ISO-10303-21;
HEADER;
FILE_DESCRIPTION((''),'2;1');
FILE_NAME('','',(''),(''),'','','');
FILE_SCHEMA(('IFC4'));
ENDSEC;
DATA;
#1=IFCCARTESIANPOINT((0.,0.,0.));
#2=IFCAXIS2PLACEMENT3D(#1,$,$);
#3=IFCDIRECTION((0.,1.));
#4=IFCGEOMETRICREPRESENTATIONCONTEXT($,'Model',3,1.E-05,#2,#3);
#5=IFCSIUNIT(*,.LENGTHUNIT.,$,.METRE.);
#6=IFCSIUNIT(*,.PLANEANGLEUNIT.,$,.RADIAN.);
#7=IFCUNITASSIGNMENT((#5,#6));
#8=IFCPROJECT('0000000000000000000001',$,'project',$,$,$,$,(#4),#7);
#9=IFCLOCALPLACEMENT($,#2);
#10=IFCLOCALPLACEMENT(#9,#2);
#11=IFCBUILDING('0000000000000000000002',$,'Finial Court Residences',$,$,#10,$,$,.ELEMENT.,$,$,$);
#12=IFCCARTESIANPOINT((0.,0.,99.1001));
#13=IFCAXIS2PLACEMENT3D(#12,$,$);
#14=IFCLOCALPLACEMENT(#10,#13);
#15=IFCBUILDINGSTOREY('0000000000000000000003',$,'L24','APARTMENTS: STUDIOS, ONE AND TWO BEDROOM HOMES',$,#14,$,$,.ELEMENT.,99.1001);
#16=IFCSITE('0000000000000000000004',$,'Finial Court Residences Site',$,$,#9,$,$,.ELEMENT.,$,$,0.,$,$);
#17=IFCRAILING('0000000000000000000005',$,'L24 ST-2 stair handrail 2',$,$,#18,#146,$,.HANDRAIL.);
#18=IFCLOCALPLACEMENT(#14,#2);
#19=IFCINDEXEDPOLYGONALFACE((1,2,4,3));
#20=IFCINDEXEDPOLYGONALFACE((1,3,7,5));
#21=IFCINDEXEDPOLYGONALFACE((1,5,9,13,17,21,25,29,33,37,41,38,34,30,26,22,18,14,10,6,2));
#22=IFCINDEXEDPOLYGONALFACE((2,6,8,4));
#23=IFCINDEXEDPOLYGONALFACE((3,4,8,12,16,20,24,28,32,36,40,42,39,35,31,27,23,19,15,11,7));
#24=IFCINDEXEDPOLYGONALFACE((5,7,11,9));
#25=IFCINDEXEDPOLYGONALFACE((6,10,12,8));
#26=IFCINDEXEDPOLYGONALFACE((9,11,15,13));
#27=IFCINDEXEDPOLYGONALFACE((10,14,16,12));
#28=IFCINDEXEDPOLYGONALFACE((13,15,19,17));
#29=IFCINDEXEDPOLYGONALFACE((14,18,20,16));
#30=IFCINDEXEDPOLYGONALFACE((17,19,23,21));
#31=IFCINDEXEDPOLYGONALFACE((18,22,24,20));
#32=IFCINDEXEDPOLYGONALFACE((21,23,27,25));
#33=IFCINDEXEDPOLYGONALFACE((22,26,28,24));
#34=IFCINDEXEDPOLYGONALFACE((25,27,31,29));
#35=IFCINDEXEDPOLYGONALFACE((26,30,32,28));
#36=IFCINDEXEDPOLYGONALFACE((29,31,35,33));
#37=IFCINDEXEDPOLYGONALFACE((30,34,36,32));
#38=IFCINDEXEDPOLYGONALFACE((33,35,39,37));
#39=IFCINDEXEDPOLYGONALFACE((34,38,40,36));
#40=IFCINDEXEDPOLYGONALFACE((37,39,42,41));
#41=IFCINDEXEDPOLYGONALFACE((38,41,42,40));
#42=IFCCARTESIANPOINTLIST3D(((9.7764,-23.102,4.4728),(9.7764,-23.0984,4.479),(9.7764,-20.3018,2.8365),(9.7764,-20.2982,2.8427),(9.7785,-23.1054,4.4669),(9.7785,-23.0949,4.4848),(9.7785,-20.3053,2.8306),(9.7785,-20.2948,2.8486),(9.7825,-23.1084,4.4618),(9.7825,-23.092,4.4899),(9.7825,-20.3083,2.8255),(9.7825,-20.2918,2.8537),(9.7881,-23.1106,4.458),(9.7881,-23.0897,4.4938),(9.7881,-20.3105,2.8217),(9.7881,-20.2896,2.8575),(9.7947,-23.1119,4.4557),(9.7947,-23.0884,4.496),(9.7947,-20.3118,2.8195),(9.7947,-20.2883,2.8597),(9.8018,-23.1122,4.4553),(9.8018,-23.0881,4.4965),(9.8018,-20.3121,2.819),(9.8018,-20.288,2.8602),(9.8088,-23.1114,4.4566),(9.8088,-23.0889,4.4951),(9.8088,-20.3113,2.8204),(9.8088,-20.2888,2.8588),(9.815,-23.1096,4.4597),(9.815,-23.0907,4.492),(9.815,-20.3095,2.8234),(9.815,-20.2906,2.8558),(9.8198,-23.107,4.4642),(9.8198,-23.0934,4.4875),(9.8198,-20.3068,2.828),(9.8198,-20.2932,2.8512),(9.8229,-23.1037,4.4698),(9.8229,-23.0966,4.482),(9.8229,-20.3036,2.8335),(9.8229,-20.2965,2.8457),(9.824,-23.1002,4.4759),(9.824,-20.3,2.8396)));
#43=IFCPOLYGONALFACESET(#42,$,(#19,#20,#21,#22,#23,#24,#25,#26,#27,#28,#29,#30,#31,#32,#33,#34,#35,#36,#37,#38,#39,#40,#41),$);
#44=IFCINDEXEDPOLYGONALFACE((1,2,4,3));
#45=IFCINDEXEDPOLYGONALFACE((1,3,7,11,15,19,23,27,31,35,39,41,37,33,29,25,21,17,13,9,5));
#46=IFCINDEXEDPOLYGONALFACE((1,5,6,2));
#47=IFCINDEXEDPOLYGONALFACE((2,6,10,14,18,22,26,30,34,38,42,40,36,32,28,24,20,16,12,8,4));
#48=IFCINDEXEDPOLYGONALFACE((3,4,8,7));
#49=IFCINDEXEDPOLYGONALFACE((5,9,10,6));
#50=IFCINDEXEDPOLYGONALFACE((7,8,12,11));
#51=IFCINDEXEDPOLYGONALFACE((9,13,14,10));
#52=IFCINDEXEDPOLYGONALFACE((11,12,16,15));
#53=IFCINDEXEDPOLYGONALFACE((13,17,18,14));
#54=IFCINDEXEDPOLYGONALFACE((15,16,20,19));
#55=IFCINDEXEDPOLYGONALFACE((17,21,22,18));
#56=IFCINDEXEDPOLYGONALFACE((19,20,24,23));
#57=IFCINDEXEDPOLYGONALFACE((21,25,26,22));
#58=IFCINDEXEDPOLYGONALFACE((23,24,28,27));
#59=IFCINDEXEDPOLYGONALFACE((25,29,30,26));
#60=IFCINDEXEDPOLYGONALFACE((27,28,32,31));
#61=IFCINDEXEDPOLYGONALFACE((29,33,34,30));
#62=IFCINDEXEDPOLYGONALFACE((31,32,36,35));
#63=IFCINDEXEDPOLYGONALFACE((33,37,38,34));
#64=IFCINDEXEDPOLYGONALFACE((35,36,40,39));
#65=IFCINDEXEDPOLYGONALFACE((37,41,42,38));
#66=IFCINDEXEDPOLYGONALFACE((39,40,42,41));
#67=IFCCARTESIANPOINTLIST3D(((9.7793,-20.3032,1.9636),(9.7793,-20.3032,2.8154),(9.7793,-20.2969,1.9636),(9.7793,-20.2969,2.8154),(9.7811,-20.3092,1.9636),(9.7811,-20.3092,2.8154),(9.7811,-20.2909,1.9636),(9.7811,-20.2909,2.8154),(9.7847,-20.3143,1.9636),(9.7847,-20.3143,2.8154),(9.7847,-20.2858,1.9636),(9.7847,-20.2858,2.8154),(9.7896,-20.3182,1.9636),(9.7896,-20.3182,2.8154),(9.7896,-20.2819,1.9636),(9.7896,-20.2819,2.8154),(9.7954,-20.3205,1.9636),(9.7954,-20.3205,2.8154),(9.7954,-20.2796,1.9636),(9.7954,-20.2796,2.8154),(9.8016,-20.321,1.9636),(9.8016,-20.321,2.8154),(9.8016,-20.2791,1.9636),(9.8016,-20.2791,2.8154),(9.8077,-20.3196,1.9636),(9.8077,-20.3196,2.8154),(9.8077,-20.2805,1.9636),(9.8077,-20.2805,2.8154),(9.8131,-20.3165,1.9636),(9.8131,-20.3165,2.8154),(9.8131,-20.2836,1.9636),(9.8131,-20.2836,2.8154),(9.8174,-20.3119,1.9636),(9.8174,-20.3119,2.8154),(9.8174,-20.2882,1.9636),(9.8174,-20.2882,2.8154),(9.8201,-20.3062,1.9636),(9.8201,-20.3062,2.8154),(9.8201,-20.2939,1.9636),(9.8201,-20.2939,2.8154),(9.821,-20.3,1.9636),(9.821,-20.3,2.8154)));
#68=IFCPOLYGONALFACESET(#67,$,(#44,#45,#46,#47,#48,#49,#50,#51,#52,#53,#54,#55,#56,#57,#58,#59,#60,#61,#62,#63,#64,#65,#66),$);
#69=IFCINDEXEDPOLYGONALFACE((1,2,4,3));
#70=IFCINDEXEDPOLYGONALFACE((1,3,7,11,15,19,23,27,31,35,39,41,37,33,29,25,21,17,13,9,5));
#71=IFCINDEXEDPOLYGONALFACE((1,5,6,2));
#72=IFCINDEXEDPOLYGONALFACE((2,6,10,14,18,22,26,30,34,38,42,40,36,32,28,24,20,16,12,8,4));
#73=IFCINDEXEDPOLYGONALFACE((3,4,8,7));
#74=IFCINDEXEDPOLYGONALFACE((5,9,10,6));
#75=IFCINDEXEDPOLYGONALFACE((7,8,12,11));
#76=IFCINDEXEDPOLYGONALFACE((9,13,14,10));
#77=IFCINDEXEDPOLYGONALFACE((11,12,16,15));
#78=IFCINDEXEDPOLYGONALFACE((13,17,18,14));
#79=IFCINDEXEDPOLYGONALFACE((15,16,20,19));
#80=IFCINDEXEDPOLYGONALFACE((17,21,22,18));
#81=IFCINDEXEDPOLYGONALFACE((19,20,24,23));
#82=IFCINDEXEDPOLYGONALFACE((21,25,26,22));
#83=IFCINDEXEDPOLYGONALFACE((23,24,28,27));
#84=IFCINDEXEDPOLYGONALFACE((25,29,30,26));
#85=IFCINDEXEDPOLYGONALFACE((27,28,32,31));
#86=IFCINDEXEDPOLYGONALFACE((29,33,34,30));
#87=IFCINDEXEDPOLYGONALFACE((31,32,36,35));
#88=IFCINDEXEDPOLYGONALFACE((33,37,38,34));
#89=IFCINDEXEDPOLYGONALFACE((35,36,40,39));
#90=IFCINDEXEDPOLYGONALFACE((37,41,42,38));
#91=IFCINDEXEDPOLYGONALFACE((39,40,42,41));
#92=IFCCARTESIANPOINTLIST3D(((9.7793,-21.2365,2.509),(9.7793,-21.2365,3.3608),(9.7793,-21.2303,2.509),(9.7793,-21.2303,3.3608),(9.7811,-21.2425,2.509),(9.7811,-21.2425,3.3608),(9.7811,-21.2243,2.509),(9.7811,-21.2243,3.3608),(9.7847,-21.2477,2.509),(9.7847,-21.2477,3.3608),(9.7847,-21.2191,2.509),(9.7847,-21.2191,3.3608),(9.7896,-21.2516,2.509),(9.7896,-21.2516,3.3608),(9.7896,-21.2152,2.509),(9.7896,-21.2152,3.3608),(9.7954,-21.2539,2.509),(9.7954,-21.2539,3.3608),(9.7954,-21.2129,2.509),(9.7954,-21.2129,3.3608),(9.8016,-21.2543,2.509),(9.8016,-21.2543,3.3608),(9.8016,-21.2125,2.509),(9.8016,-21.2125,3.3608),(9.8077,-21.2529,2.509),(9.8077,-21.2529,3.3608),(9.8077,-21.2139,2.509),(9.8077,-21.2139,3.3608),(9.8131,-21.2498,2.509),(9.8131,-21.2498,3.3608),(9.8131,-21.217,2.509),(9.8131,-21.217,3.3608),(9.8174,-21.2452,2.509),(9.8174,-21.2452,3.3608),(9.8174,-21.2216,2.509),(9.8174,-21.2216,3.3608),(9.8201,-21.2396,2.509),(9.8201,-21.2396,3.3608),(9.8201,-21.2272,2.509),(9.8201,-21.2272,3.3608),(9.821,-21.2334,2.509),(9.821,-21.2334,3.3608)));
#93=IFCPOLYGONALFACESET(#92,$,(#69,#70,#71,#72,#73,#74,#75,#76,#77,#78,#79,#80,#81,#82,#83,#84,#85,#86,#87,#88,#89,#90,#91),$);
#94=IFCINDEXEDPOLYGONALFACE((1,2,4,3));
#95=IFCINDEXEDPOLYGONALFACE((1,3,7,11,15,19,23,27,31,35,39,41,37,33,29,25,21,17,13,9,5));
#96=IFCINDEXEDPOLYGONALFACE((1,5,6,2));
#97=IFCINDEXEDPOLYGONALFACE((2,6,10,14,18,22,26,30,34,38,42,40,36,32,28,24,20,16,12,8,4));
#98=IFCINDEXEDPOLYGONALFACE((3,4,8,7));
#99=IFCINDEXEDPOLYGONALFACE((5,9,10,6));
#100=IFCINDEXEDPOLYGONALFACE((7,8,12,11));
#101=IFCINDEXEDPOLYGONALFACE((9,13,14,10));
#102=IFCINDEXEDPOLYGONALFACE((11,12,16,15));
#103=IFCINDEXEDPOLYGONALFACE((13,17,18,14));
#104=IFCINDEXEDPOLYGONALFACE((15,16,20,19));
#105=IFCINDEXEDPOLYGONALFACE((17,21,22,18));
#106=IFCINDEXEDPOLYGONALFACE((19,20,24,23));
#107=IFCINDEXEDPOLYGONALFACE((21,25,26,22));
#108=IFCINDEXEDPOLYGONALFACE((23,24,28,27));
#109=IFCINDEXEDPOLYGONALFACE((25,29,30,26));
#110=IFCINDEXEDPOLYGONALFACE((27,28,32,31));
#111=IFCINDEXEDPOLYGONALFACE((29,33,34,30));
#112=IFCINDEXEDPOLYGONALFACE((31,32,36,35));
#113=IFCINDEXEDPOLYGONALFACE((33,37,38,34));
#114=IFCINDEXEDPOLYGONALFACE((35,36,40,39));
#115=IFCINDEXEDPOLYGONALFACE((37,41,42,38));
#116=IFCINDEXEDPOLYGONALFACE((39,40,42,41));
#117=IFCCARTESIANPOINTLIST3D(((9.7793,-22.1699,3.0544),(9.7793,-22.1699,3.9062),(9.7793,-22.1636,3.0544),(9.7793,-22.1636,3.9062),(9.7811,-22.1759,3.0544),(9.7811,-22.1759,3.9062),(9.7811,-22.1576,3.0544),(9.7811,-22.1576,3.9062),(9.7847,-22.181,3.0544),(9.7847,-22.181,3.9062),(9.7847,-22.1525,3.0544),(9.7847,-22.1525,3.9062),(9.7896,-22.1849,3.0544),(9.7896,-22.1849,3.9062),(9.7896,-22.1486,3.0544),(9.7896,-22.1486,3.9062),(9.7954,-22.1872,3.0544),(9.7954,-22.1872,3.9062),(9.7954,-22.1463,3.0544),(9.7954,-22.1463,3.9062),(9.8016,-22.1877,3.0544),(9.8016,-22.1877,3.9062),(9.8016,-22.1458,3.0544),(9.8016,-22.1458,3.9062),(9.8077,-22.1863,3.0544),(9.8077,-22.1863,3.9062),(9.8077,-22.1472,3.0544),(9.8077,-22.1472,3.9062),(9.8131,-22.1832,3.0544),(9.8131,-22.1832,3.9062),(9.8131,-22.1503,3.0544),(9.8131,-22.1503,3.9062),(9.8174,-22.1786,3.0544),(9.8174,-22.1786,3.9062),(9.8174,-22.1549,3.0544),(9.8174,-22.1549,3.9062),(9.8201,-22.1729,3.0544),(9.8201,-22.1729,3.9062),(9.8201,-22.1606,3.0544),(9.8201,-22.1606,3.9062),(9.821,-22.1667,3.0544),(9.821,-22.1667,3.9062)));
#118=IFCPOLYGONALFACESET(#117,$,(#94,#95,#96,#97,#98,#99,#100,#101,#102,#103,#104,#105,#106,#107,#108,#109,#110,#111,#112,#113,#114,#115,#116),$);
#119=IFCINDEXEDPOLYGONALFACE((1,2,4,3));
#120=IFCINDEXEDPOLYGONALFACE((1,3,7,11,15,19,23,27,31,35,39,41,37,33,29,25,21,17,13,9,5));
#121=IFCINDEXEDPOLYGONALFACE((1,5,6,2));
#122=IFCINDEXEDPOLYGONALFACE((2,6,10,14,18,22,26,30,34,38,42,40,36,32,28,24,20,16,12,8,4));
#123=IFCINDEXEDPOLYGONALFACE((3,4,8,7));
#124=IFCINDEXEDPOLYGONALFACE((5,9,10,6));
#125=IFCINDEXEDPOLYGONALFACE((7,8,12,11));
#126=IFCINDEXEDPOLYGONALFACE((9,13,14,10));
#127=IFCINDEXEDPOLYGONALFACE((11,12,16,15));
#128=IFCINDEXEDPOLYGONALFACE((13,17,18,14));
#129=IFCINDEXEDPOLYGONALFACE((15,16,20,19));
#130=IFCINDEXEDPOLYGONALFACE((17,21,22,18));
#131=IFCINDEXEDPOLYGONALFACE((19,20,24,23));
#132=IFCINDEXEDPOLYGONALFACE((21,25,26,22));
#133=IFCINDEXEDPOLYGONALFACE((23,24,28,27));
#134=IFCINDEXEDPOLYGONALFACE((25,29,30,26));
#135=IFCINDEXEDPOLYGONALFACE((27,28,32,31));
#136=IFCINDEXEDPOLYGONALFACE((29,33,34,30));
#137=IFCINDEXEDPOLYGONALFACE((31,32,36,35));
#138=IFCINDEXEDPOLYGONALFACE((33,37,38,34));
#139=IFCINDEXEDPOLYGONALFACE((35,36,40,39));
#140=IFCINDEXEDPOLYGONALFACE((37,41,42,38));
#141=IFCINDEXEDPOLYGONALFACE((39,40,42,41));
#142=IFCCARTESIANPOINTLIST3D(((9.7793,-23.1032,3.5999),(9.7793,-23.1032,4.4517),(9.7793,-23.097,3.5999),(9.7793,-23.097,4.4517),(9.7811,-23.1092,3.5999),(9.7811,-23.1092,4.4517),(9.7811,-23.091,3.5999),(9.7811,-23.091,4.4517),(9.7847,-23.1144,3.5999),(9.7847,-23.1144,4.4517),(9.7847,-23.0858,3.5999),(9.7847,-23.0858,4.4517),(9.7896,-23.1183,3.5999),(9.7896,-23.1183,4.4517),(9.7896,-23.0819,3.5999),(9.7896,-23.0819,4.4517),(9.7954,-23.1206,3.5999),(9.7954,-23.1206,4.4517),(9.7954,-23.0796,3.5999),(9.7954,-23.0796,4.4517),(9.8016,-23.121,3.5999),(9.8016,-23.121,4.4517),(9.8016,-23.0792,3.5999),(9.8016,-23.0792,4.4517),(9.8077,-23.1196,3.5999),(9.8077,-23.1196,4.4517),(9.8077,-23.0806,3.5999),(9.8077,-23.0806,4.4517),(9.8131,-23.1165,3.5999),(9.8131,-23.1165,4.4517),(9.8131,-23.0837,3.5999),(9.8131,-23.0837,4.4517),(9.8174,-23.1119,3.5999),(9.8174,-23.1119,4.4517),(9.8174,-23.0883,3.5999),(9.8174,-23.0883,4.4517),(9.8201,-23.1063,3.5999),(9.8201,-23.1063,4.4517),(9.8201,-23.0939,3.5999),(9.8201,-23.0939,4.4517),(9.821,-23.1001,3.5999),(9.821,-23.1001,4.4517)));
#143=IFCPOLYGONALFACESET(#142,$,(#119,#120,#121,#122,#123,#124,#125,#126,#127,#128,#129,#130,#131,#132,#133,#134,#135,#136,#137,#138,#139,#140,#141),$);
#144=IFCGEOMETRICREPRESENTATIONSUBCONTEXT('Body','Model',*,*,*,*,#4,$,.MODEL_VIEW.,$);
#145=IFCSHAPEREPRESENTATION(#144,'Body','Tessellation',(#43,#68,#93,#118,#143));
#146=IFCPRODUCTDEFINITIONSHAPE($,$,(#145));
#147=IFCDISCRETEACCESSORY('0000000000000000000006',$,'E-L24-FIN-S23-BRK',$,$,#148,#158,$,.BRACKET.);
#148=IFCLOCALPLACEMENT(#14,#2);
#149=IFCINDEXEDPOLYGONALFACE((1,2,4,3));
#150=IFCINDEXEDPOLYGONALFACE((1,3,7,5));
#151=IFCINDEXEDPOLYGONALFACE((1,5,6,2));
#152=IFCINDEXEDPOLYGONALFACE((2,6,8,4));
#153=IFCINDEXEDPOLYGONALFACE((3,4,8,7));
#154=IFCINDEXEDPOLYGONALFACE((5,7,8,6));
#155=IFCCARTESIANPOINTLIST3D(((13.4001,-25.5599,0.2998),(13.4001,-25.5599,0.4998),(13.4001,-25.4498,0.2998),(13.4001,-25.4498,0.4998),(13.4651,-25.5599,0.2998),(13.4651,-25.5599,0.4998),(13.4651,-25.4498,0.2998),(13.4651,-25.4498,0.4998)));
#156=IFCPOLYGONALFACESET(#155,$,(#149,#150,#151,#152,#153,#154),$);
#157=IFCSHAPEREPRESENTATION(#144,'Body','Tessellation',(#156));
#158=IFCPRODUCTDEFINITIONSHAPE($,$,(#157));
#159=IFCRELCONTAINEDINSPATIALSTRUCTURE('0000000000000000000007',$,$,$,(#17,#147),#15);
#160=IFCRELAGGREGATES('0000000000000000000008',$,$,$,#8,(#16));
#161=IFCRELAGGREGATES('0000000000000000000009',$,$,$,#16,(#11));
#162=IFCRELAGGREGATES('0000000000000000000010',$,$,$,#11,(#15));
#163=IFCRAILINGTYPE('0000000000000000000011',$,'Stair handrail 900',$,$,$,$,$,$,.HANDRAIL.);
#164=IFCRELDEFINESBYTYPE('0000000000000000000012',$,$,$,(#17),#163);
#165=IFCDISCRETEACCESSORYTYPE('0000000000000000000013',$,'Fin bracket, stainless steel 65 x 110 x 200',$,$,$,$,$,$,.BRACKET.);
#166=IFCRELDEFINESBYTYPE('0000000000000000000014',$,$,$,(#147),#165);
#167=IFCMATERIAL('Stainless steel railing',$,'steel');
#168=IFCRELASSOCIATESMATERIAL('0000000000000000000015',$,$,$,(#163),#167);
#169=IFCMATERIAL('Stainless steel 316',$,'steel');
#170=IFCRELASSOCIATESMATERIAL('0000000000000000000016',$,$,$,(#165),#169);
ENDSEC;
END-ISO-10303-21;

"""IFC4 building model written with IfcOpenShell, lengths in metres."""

from ifc_helpers import new_model, si_unit, direction, frame, origin, origin_2d, place, context, subcontext, project, spatial, rectangle, circle, extrude, material, type_object, element, save


model = new_model("IFC4")

# Units and contexts
model_context = context("Model", 3, precision=1e-05, world=origin(), true_north=direction((0.0, 1.0)))
body_context = subcontext(model_context, "Body", "Model", "MODEL_VIEW")
ifc_project = project(units=[si_unit("LENGTHUNIT", "METRE"), si_unit("PLANEANGLEUNIT", "RADIAN")], contexts=[model_context])

# Site, building, storey
site_placement = place(None, origin())
site = spatial("IfcSite", under=ifc_project, at=site_placement, Name="Finial Court Residences Site", CompositionType="ELEMENT", RefElevation=0.0)
building_placement = place(site_placement, origin())
building = spatial("IfcBuilding", under=site, at=building_placement, Name="Finial Court Residences", CompositionType="ELEMENT")
storey_placement = place(building_placement, frame((0.0, 0.0, 99.1001)))
storey = spatial("IfcBuildingStorey", under=building, at=storey_placement, Name="L24", Description="APARTMENTS: STUDIOS, ONE AND TWO BEDROOM HOMES", CompositionType="ELEMENT", Elevation=99.1001)

# Railing
ifc_material_1 = material(Name="Stainless steel railing", Category="steel")
railing_type_1 = type_object("IfcRailingType", Name="Stair handrail 900", PredefinedType="HANDRAIL", material=ifc_material_1)
railing_1_placement = place(storey_placement, frame((9.8, -20.3, 1.9636)))
element("IfcRailing", 1, at=railing_1_placement, inside=storey, type_object=railing_type_1, Name="L24 ST-2 stair handrail 2", PredefinedType="HANDRAIL", context=body_context, shape_type="SweptSolid", body=[
    extrude(circle(Radius=0.0239, at=origin_2d()), frame((0.0, 0.0, 0.876), z_axis=(0.0, -0.863394, 0.504531), x_axis=(1.0, 0.0, 0.0)), (0.0, 0.0, 1.0), 3.2432),
    extrude(circle(Radius=0.021, at=origin_2d()), origin(), (0.0, 0.0, 1.0), 0.8518),
    extrude(circle(Radius=0.021, at=origin_2d()), frame((0.0, -0.9333, 0.5454)), (0.0, 0.0, 1.0), 0.8518),
    extrude(circle(Radius=0.021, at=origin_2d()), frame((0.0, -1.8667, 1.0908)), (0.0, 0.0, 1.0), 0.8518),
    extrude(circle(Radius=0.021, at=origin_2d()), frame((0.0, -2.8, 1.6362)), (0.0, 0.0, 1.0), 0.8518),
])

# Discrete accessory
ifc_material_2 = material(Name="Stainless steel 316", Category="steel")
discrete_accessory_type = type_object("IfcDiscreteAccessoryType", Name="Fin bracket, stainless steel 65 x 110 x 200", PredefinedType="BRACKET", material=ifc_material_2)
discrete_accessory_placement = place(storey_placement, frame((13.4326, -25.5049, 0.2998), z_axis=(0.0, 0.0, 1.0), x_axis=(1.0, 0.0, 0.0)))
element("IfcDiscreteAccessory", 2, at=discrete_accessory_placement, inside=storey, type_object=discrete_accessory_type, Name="E-L24-FIN-S23-BRK", PredefinedType="BRACKET", context=body_context, shape_type="SweptSolid", body=[
    extrude(rectangle(XDim=0.0649, YDim=0.1101, at=origin_2d()), origin(), (0.0, 0.0, 1.0), 0.2),
])

save(model, "model.ifc")
